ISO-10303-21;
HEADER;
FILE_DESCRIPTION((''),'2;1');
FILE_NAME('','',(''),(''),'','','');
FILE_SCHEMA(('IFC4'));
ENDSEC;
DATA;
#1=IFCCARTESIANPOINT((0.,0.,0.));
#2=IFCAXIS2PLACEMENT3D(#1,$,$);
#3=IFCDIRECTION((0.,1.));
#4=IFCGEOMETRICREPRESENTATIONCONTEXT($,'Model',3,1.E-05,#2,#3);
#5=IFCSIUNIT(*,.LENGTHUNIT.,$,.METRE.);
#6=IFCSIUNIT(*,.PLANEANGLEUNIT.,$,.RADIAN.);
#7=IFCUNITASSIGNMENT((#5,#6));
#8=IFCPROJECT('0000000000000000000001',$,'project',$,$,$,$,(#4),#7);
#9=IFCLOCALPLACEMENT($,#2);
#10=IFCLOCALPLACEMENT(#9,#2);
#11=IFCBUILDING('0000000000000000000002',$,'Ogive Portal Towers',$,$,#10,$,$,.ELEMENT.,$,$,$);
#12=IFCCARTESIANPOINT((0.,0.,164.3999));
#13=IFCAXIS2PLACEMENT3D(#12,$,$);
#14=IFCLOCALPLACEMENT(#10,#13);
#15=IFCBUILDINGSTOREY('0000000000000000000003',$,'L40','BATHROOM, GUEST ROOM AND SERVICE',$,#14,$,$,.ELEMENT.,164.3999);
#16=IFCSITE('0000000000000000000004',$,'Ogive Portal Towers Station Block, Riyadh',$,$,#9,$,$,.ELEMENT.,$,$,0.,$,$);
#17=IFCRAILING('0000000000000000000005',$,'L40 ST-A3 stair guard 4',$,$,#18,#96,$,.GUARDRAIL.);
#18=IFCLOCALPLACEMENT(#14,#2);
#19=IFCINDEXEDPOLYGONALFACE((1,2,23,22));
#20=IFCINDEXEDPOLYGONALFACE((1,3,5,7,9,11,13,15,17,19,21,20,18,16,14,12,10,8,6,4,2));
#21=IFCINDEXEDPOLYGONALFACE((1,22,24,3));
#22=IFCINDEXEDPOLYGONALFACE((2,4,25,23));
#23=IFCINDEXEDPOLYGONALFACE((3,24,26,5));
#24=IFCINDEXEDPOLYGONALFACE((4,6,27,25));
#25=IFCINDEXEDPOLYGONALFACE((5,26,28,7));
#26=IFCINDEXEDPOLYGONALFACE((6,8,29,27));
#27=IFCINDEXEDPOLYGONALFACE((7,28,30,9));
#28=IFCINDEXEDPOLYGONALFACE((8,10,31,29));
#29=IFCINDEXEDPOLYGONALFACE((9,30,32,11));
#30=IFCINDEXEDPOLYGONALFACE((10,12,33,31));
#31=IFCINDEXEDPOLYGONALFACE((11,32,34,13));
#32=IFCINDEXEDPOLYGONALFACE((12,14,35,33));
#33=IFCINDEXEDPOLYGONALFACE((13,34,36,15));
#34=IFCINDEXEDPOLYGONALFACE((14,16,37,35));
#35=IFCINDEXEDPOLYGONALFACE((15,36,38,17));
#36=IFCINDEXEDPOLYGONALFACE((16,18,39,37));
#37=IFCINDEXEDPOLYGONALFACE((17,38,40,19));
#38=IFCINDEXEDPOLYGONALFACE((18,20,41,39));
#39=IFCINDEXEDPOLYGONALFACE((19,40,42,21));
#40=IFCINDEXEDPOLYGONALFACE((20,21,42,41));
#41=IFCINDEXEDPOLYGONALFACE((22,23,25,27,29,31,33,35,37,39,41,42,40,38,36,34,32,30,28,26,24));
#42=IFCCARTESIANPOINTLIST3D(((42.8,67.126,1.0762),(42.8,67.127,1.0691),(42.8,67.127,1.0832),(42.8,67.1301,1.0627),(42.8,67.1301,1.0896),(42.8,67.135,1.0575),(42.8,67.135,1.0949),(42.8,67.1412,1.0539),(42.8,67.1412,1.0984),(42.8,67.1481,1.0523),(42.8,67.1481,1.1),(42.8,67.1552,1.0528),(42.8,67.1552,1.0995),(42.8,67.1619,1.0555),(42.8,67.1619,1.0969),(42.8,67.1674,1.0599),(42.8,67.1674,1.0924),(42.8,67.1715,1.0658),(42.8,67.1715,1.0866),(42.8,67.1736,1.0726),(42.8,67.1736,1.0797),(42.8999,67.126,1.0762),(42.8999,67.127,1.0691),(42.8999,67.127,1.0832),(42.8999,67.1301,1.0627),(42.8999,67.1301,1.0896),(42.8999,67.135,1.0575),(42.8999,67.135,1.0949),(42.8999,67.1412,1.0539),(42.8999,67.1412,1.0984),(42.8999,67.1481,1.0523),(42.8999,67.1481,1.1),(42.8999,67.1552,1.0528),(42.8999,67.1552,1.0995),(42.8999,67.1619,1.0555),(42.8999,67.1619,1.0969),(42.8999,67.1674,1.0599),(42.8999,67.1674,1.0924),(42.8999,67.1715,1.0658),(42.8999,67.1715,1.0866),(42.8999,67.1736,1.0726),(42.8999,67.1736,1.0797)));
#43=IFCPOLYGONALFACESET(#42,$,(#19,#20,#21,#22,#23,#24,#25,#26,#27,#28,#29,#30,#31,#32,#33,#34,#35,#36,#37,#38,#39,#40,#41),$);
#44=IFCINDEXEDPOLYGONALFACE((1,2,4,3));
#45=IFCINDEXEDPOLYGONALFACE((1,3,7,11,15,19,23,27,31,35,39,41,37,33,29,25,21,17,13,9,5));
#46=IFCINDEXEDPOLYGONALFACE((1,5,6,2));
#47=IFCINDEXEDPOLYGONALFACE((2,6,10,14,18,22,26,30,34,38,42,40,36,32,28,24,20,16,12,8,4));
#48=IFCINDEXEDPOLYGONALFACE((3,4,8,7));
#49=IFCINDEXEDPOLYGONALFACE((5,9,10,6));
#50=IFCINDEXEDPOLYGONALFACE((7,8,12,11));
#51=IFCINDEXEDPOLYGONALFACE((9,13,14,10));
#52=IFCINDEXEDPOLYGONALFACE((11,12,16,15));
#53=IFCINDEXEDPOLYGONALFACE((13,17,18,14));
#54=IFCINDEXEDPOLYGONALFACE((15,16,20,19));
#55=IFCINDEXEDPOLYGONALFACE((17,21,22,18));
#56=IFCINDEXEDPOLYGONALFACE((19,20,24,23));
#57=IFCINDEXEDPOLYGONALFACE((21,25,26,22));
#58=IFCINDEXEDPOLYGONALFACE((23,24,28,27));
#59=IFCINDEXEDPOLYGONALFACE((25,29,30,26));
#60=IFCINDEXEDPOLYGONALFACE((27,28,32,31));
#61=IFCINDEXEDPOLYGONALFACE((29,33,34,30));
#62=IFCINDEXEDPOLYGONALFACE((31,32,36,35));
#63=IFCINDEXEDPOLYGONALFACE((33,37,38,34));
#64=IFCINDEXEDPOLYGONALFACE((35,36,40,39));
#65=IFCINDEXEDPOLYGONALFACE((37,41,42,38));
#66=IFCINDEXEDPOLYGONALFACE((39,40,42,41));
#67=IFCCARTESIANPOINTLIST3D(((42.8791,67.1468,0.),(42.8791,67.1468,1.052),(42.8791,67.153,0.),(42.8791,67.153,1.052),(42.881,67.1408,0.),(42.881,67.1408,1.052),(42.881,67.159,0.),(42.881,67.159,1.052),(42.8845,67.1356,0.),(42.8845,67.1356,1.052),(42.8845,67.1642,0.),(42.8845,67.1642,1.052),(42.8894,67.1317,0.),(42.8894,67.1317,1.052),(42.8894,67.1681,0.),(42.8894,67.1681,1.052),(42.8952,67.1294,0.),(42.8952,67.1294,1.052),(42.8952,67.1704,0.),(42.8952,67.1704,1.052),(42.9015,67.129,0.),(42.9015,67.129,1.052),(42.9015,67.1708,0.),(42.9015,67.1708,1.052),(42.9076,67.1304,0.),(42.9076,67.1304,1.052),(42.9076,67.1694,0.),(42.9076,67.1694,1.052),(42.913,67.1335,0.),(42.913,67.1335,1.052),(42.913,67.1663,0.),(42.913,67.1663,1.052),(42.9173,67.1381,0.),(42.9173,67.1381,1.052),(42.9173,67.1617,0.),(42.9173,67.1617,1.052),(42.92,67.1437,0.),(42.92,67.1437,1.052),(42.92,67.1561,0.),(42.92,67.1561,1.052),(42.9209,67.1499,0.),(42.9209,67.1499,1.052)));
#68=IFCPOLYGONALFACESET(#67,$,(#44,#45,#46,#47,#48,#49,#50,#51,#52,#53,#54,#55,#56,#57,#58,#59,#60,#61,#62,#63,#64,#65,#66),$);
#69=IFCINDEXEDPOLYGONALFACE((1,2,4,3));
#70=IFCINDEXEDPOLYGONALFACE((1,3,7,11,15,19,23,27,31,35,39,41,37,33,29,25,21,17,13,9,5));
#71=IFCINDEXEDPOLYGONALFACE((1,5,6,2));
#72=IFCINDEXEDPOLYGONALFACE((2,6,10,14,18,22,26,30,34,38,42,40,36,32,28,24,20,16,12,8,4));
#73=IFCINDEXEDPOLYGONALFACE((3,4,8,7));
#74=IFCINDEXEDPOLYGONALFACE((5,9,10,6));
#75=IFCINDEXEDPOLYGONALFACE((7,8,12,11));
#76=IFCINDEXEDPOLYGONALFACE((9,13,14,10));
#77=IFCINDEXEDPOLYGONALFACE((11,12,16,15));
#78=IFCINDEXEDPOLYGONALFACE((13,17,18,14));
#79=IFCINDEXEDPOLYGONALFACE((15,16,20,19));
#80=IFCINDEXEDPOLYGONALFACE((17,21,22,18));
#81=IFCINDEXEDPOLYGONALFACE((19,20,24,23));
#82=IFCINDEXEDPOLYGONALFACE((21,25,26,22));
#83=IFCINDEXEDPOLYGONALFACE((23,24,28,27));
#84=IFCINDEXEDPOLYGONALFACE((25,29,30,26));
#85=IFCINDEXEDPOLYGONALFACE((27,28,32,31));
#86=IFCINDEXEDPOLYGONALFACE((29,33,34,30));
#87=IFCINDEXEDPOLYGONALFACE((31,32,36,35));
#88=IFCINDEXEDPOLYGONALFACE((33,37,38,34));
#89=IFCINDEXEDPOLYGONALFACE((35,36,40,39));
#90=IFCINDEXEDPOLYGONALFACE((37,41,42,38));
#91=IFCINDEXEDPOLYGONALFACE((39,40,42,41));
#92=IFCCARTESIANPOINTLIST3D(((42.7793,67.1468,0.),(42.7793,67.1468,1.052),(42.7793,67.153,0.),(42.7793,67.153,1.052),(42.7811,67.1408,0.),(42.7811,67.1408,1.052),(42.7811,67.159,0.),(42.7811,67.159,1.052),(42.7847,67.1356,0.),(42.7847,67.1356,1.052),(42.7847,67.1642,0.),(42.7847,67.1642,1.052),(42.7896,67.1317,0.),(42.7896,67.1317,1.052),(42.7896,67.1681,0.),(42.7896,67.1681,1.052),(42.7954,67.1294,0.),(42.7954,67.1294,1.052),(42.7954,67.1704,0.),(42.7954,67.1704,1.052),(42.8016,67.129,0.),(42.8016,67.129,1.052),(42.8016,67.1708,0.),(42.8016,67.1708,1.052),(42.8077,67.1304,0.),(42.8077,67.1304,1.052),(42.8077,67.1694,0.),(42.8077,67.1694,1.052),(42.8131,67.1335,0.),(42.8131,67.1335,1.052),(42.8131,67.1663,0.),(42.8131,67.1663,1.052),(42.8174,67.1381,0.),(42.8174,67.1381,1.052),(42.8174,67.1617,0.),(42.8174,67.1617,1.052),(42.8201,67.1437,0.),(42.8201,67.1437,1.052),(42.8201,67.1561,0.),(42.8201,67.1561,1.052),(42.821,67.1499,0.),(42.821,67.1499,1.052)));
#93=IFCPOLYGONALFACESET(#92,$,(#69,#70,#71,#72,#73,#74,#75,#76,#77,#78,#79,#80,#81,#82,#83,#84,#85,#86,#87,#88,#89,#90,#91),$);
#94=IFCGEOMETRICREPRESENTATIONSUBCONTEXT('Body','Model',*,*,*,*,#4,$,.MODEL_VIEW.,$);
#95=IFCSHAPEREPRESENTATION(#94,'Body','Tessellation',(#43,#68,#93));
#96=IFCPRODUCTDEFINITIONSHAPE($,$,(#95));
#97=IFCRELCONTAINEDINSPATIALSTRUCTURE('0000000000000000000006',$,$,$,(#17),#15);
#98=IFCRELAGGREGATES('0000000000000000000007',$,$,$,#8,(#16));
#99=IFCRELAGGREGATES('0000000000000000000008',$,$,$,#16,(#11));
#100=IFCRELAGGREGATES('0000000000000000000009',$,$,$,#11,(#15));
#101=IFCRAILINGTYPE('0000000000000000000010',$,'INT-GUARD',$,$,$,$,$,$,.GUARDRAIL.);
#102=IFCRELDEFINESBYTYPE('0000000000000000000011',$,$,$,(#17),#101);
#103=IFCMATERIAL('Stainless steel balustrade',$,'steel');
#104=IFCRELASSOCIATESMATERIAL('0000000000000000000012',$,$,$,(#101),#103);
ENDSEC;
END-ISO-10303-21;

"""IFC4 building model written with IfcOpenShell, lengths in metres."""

from ifc_helpers import new_model, si_unit, direction, frame, origin, origin_2d, place, context, subcontext, project, spatial, circle, extrude, material, type_object, element, save


model = new_model("IFC4")

# Units and contexts
model_context = context("Model", 3, precision=1e-05, world=origin(), true_north=direction((0.0, 1.0)))
body_context = subcontext(model_context, "Body", "Model", "MODEL_VIEW")
ifc_project = project(units=[si_unit("LENGTHUNIT", "METRE"), si_unit("PLANEANGLEUNIT", "RADIAN")], contexts=[model_context])

# Site, building, storey
site_placement = place(None, origin())
site = spatial("IfcSite", under=ifc_project, at=site_placement, Name="Ogive Portal Towers Station Block, Riyadh", CompositionType="ELEMENT", RefElevation=0.0)
building_placement = place(site_placement, origin())
building = spatial("IfcBuilding", under=site, at=building_placement, Name="Ogive Portal Towers", CompositionType="ELEMENT")
storey_placement = place(building_placement, frame((0.0, 0.0, 164.3999)))
storey = spatial("IfcBuildingStorey", under=building, at=storey_placement, Name="L40", Description="BATHROOM, GUEST ROOM AND SERVICE", CompositionType="ELEMENT", Elevation=164.3999)

# Railing
ifc_material_1 = material(Name="Stainless steel balustrade", Category="steel")
railing_type_1 = type_object("IfcRailingType", Name="INT-GUARD", PredefinedType="GUARDRAIL", material=ifc_material_1)
railing_1_placement = place(storey_placement, frame((42.8999, 67.1499, 0.0)))
element("IfcRailing", 1, at=railing_1_placement, inside=storey, type_object=railing_type_1, Name="L40 ST-A3 stair guard 4", PredefinedType="GUARDRAIL", context=body_context, shape_type="SweptSolid", body=[
    extrude(circle(Radius=0.0239, at=origin_2d()), frame((0.0, 0.0, 1.0762), z_axis=(-1.0, 0.0, 0.0), x_axis=(0.0, -1.0, 0.0)), (0.0, 0.0, 1.0), 0.0999),
    extrude(circle(Radius=0.021, at=origin_2d()), origin(), (0.0, 0.0, 1.0), 1.052),
    extrude(circle(Radius=0.021, at=origin_2d()), frame((-0.0999, 0.0, 0.0)), (0.0, 0.0, 1.0), 1.052),
])

save(model, "model.ifc")
